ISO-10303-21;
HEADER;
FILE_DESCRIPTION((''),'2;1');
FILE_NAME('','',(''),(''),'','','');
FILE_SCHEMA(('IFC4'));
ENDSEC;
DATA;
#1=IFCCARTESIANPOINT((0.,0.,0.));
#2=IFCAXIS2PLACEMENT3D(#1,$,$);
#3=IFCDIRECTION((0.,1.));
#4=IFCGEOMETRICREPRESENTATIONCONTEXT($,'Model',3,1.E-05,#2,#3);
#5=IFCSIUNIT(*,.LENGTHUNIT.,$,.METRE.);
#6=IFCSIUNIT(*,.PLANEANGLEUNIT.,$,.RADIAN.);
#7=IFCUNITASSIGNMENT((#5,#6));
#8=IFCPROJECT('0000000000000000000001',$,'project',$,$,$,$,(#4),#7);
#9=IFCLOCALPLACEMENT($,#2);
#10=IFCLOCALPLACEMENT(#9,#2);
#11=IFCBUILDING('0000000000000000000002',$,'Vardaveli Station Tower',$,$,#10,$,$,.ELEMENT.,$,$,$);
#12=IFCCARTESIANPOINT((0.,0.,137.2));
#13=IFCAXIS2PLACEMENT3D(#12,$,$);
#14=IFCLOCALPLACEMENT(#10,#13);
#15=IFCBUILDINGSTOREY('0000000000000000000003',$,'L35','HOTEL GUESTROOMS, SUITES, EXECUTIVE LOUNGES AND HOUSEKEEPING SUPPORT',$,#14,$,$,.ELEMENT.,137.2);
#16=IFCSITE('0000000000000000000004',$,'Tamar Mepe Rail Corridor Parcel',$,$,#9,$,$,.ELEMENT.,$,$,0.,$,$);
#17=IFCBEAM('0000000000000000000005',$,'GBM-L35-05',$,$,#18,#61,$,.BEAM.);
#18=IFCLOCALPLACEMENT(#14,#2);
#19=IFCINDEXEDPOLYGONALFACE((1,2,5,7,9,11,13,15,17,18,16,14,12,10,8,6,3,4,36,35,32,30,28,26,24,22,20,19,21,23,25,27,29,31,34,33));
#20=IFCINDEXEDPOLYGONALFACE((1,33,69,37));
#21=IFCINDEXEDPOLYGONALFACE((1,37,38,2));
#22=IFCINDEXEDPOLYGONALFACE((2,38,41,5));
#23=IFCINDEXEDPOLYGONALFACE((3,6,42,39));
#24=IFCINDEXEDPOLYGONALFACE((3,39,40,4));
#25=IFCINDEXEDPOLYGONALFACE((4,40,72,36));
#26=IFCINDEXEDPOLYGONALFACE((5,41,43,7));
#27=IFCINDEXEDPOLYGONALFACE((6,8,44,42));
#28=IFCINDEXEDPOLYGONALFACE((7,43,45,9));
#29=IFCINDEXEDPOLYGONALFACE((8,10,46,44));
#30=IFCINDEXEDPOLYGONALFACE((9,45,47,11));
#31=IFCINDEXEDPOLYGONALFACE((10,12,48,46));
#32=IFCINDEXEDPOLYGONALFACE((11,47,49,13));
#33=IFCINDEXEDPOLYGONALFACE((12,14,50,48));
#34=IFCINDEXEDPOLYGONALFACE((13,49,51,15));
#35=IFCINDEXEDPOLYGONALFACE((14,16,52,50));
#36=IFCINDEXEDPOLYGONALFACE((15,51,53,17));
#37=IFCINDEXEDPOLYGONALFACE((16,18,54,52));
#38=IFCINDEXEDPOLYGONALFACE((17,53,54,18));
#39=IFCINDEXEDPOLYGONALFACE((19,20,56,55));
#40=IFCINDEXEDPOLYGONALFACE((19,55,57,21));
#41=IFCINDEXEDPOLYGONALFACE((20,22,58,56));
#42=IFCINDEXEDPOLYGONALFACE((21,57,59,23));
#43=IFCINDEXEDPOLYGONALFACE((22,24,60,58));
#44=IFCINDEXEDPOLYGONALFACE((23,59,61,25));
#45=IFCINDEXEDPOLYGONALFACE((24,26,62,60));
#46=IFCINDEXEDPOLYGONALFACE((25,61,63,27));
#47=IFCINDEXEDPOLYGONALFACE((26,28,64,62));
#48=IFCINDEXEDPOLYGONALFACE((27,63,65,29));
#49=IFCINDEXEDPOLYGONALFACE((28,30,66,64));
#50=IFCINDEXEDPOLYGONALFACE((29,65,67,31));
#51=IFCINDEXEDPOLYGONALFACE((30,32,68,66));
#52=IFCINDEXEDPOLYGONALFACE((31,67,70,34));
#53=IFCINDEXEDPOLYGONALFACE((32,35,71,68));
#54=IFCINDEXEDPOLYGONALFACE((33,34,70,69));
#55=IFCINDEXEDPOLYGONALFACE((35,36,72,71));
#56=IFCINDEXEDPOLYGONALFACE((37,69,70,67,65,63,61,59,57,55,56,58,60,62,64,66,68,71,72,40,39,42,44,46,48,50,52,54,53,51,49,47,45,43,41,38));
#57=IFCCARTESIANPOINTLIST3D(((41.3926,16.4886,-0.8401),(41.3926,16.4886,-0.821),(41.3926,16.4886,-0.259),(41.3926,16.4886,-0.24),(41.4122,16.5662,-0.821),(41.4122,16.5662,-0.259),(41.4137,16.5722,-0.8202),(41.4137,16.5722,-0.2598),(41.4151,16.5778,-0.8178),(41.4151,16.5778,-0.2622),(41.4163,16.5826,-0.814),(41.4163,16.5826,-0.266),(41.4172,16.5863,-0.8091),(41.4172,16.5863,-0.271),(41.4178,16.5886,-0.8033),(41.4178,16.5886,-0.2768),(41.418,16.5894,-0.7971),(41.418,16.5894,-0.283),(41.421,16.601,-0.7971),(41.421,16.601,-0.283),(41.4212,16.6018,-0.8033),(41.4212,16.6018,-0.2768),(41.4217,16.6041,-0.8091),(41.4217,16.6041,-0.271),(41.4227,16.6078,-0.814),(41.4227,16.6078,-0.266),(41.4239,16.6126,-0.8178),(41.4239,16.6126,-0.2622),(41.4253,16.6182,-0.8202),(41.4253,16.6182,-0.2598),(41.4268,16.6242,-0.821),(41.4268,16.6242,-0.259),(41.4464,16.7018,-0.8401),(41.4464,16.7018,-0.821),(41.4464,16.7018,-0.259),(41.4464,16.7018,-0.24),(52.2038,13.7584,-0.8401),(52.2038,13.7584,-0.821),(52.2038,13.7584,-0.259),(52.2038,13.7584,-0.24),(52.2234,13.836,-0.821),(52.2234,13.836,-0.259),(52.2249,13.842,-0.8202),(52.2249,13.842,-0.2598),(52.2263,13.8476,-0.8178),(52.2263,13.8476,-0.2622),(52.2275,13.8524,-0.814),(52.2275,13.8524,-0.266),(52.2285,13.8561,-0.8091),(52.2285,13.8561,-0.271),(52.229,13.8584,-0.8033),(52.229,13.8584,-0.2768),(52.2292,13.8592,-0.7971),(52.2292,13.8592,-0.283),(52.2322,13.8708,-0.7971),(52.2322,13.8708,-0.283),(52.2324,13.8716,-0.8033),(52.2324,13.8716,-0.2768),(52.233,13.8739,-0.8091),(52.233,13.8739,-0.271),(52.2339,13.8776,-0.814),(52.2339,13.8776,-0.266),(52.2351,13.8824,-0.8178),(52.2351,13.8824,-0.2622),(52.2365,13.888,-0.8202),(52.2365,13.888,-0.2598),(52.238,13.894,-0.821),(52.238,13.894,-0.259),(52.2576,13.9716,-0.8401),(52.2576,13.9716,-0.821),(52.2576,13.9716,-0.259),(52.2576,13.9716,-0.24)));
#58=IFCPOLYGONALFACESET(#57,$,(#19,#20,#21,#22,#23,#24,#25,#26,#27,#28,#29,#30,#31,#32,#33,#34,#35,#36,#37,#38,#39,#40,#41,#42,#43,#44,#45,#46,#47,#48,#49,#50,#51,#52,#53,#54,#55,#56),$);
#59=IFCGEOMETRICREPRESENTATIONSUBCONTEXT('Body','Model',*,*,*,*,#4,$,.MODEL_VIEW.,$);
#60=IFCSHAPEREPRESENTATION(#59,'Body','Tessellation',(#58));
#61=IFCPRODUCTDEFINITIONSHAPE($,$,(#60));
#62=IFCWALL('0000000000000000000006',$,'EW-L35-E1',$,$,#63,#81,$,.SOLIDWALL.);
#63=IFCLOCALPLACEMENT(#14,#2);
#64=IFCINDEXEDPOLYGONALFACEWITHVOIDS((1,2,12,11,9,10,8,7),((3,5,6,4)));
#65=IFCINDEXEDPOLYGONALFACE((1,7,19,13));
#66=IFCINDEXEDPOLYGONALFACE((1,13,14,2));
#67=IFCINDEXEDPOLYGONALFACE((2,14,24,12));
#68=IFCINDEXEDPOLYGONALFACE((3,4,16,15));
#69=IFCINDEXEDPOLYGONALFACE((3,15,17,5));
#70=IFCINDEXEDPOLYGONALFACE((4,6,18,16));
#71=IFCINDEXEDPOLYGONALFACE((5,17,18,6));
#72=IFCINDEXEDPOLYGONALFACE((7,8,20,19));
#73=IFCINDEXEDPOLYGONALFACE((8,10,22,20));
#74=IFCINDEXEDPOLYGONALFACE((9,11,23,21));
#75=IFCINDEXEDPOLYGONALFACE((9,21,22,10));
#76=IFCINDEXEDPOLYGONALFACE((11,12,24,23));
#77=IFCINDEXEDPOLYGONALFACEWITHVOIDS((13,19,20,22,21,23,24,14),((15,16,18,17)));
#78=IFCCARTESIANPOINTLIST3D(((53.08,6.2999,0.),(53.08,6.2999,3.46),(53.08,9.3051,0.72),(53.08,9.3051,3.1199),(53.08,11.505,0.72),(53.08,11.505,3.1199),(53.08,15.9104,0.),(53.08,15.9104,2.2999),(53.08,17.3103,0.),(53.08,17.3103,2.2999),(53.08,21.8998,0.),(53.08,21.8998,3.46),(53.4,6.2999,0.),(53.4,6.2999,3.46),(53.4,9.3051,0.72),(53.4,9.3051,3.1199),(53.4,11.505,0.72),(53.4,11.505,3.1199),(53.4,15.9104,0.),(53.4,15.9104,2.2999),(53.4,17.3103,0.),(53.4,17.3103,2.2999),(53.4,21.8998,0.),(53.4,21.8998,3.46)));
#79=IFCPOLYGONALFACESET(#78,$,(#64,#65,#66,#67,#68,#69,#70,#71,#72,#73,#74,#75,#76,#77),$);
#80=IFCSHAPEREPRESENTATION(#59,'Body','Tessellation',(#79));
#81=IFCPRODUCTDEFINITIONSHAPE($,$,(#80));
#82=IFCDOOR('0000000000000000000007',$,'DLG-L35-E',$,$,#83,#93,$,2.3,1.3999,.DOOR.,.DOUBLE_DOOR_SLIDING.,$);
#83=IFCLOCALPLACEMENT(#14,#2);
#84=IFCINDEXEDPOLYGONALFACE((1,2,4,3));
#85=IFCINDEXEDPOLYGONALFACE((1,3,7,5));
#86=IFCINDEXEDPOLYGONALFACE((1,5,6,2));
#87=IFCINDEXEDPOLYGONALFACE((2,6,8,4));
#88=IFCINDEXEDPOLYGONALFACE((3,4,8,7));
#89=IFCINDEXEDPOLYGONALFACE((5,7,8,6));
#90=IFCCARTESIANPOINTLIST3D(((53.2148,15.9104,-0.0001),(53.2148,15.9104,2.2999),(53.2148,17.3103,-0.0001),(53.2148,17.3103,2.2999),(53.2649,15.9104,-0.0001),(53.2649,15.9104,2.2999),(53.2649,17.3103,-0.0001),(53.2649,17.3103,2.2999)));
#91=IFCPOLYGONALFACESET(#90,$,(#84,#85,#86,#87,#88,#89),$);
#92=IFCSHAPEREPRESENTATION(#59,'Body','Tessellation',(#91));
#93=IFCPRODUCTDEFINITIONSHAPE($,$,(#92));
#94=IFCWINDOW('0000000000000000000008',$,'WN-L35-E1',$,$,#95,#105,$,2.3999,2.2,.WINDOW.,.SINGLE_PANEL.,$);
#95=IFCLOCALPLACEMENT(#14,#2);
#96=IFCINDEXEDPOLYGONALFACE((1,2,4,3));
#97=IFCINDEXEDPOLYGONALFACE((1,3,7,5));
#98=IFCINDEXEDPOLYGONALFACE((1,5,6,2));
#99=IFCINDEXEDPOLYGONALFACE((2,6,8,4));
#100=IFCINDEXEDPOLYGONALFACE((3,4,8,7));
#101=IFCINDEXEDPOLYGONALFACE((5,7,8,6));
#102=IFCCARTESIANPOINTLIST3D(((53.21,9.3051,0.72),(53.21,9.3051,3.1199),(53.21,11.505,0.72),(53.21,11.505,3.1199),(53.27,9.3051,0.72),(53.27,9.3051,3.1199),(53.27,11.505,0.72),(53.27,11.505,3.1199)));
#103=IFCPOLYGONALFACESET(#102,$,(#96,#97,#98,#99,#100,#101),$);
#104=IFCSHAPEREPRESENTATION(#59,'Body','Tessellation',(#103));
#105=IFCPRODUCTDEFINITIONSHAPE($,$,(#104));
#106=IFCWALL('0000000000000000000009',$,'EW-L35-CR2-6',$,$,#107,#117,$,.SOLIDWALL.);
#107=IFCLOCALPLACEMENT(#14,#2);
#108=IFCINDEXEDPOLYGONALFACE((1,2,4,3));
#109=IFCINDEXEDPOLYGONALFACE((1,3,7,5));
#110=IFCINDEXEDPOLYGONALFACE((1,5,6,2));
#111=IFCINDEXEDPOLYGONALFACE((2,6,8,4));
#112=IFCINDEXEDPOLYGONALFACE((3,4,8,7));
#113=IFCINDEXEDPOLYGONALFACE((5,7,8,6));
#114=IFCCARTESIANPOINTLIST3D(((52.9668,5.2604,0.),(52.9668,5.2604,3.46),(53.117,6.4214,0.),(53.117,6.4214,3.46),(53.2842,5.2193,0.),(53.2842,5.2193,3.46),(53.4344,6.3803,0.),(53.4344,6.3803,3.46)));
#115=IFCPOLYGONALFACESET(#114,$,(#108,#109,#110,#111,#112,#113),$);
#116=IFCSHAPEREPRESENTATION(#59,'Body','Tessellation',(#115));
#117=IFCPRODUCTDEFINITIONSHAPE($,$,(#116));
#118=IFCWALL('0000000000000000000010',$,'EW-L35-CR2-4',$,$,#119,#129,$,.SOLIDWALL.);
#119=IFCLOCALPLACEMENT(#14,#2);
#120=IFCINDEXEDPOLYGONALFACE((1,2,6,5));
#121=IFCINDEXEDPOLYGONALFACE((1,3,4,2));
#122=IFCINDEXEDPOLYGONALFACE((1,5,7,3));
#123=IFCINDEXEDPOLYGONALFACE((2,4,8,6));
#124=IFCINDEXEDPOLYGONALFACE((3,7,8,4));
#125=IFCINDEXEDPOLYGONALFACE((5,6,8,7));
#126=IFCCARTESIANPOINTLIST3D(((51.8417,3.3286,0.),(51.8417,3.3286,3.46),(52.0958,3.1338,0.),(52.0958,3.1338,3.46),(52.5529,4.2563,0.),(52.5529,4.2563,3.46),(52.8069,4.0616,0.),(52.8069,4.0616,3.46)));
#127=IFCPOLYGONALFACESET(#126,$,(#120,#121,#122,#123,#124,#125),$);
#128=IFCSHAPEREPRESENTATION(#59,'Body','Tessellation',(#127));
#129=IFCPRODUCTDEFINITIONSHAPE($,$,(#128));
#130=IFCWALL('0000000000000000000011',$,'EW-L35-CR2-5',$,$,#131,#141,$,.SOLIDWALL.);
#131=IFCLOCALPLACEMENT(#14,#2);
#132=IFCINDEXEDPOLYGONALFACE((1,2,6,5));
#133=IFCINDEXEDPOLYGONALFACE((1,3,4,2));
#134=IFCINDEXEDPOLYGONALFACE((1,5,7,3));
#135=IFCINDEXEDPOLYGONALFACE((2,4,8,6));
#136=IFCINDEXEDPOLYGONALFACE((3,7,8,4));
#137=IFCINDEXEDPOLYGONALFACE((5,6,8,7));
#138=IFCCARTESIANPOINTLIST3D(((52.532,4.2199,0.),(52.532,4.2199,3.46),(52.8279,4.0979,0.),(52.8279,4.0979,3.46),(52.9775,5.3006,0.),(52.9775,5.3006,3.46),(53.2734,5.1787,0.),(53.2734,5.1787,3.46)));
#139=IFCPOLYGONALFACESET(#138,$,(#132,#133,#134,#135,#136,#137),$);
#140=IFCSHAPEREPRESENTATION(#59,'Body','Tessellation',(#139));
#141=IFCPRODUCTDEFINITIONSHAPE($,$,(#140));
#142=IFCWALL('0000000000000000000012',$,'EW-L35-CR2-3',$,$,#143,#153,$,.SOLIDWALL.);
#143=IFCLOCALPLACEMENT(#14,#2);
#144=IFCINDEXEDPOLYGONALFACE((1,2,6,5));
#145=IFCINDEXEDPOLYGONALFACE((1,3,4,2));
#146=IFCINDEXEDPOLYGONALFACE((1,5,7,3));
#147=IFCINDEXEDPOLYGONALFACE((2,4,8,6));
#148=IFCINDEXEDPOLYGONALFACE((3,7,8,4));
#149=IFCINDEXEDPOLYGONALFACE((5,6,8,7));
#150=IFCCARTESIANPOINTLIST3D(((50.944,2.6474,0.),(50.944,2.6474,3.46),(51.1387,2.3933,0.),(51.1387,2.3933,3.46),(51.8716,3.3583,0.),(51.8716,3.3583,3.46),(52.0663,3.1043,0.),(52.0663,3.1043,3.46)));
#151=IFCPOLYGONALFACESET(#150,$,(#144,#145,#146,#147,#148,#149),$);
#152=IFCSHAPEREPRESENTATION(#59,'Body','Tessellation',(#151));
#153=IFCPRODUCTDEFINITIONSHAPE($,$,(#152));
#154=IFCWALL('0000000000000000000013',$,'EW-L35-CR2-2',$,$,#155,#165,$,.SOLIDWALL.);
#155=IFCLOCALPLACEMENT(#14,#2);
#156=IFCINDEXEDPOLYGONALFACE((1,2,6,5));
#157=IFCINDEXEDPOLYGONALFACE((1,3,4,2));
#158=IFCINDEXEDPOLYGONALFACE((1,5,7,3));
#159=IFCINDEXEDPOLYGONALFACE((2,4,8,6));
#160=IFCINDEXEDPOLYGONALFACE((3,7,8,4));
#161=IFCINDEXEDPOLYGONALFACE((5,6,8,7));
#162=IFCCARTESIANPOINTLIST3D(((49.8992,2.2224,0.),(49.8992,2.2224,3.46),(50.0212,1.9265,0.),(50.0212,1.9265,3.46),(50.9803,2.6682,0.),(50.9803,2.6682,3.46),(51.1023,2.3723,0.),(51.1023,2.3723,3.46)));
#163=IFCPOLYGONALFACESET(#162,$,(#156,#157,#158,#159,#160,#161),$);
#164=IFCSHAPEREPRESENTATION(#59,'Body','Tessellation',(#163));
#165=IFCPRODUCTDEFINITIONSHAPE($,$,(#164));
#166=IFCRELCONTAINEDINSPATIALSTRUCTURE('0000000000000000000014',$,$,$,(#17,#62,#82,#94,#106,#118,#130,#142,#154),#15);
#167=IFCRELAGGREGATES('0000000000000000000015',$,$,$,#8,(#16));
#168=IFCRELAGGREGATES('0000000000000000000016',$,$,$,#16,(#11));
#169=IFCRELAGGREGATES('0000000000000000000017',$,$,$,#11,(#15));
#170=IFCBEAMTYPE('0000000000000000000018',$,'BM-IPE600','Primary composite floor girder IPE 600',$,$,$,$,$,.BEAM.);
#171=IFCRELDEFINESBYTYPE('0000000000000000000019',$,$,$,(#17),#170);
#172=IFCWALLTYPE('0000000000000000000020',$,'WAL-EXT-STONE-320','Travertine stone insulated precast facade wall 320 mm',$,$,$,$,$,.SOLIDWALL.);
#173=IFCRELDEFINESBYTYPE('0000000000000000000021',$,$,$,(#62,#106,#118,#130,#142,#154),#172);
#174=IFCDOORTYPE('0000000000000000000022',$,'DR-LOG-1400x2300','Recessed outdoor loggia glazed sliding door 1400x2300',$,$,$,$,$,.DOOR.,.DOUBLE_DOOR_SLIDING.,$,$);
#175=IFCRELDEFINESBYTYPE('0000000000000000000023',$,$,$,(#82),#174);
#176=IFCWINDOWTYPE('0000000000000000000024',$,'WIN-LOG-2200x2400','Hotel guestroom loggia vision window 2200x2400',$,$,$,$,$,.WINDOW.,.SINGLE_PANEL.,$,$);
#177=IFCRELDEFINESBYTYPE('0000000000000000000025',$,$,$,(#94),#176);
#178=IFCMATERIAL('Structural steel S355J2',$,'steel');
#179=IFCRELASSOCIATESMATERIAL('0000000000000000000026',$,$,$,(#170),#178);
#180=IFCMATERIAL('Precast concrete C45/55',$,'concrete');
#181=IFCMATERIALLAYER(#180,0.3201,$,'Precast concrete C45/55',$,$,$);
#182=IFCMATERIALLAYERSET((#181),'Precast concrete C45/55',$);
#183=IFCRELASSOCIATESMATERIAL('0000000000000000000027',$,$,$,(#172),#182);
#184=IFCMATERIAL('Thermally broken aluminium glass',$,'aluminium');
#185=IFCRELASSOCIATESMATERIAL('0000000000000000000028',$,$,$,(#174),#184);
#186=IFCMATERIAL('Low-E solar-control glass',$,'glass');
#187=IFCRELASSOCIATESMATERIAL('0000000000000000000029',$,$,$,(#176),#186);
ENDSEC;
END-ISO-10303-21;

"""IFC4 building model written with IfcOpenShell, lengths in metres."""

from ifc_helpers import new_model, si_unit, direction, frame, frame_2d, origin, origin_2d, place, context, subcontext, project, spatial, rectangle, i_section, extrude, source, transform, mapped, material, layer, layer_set, material_profile, profile_set, type_object, element, fill, save


model = new_model("IFC4")

# Units and contexts
model_context = context("Model", 3, precision=1e-05, world=origin(), true_north=direction((0.0, 1.0)))
body_context = subcontext(model_context, "Body", "Model", "MODEL_VIEW")
ifc_project = project(units=[si_unit("LENGTHUNIT", "METRE"), si_unit("PLANEANGLEUNIT", "RADIAN")], contexts=[model_context])

# Site, building, storey
site_placement = place(None, origin())
site = spatial("IfcSite", under=ifc_project, at=site_placement, Name="Tamar Mepe Rail Corridor Parcel", CompositionType="ELEMENT", RefElevation=0.0)
building_placement = place(site_placement, origin())
building = spatial("IfcBuilding", under=site, at=building_placement, Name="Vardaveli Station Tower", CompositionType="ELEMENT")
storey_placement = place(building_placement, frame((0.0, 0.0, 137.2)))
storey = spatial("IfcBuildingStorey", under=building, at=storey_placement, Name="L35", Description="HOTEL GUESTROOMS, SUITES, EXECUTIVE LOUNGES AND HOUSEKEEPING SUPPORT", CompositionType="ELEMENT", Elevation=137.2)

# Beam
ifc_material_1 = material(Name="Precast concrete C45/55", Category="concrete")
ifc_material_2 = material(Name="Structural steel S355J2", Category="steel")
ifc_material_profile_1 = material_profile(ifc_material_2, i_section(OverallWidth=0.22, OverallDepth=0.6001, WebThickness=0.012, FlangeThickness=0.019, FilletRadius=0.0239, at=origin_2d()), Name="IPE 600")
ifc_profile_set_1 = profile_set([ifc_material_profile_1], Name="Structural steel S355J2")
beam_type_1 = type_object("IfcBeamType", Name="BM-IPE600", Description="Primary composite floor girder IPE 600", PredefinedType="BEAM", material=ifc_profile_set_1)
shared_shape_1 = source(origin(), body_context, "Body", "SweptSolid", [
    extrude(i_section(OverallWidth=0.22, OverallDepth=0.6001, WebThickness=0.012, FlangeThickness=0.019, FilletRadius=0.0239, at=origin_2d()), origin(), (0.0, 0.0, 1.0), 11.1506),
])
beam_1_placement = place(storey_placement, frame((52.2307, 13.865, -0.54), z_axis=(-0.969561, 0.244848, 0.0), x_axis=(-0.244848, -0.969561, 0.0)))
element("IfcBeam", 1, at=beam_1_placement, inside=storey, type_object=beam_type_1, Name="GBM-L35-05", PredefinedType="BEAM", context=body_context, shape_type="MappedRepresentation", body=[
    mapped(shared_shape_1, transform((0.0, 0.0, 0.0), scale=1.0)),
])

# Wall, openings, door, window
ifc_layer_1 = layer(ifc_material_1, 0.3201, Name="Precast concrete C45/55")
ifc_layer_set_1 = layer_set([ifc_layer_1], Name="Precast concrete C45/55")
wall_type_1 = type_object("IfcWallType", Name="WAL-EXT-STONE-320", Description="Travertine stone insulated precast facade wall 320 mm", PredefinedType="SOLIDWALL", material=ifc_layer_set_1)
shared_shape_2 = source(origin(), body_context, "Body", "SweptSolid", [
    extrude(rectangle(XDim=15.5999, YDim=0.3201, at=frame_2d((7.7998, 0.0))), origin(), (0.0, 0.0, 1.0), 3.46),
])
wall_1_placement = place(storey_placement, frame((53.24, 6.3, 0.0), z_axis=(0.0, 0.0, 1.0), x_axis=(0.0, 1.0, 0.0)))
wall_1 = element("IfcWall", 2, at=wall_1_placement, inside=storey, type_object=wall_type_1, Name="EW-L35-E1", PredefinedType="SOLIDWALL", context=body_context, shape_type="MappedRepresentation", body=[
    mapped(shared_shape_2, transform((0.0, 0.0, 0.0), scale=1.0)),
])
shared_shape_3 = source(origin(), body_context, "Body", "SweptSolid", [
    extrude(rectangle(XDim=1.3999, YDim=2.3, at=frame_2d((0.7, 1.1499))), frame((0.0, 0.1699, 0.0), z_axis=(0.0, -1.0, 0.0), x_axis=(1.0, 0.0, 0.0)), (0.0, 0.0, 1.0), 0.3401),
])
opening_1_placement = place(wall_1_placement, frame((9.6104, 0.0, 0.0)))
opening_1 = element("IfcOpeningElement", 3, at=opening_1_placement, cuts=wall_1, PredefinedType="OPENING", context=body_context, shape_type="MappedRepresentation", body=[
    mapped(shared_shape_3, transform((0.0, 0.0, 0.0), scale=1.0)),
])
shared_shape_4 = source(origin(), body_context, "Body", "SweptSolid", [
    extrude(rectangle(XDim=2.2, YDim=2.3999, at=frame_2d((1.1001, 1.2))), frame((0.0, 0.1699, 0.0), z_axis=(0.0, -1.0, 0.0), x_axis=(1.0, 0.0, 0.0)), (0.0, 0.0, 1.0), 0.3401),
])
opening_2_placement = place(wall_1_placement, frame((3.0049, 0.0, 0.72)))
opening_2 = element("IfcOpeningElement", 4, at=opening_2_placement, cuts=wall_1, PredefinedType="OPENING", context=body_context, shape_type="MappedRepresentation", body=[
    mapped(shared_shape_4, transform((0.0, 0.0, 0.0), scale=1.0)),
])
ifc_material_3 = material(Name="Thermally broken aluminium glass", Category="aluminium")
door_type_1 = type_object("IfcDoorType", Name="DR-LOG-1400x2300", Description="Recessed outdoor loggia glazed sliding door 1400x2300", OperationType="DOUBLE_DOOR_SLIDING", PredefinedType="DOOR", material=ifc_material_3)
shared_shape_5 = source(origin(), body_context, "Body", "SweptSolid", [
    extrude(rectangle(XDim=1.3999, YDim=2.3, at=frame_2d((0.7, 1.1499))), frame((0.0, 0.0249, 0.0), z_axis=(0.0, -1.0, 0.0), x_axis=(1.0, 0.0, 0.0)), (0.0, 0.0, 1.0), 0.05),
])
door_1_placement = place(opening_1_placement, frame((1.3999, 0.0, 0.0), z_axis=(0.0, 0.0, 1.0), x_axis=(-1.0, 0.0, 0.0)))
door_1 = element("IfcDoor", 5, at=door_1_placement, inside=storey, type_object=door_type_1, Name="DLG-L35-E", OperationType="DOUBLE_DOOR_SLIDING", OverallHeight=2.3, OverallWidth=1.3999, PredefinedType="DOOR", context=body_context, shape_type="MappedRepresentation", body=[
    mapped(shared_shape_5, transform((0.0, 0.0, 0.0), scale=1.0)),
])
fill(opening_1, door_1)
ifc_material_4 = material(Name="Low-E solar-control glass", Category="glass")
window_type = type_object("IfcWindowType", Name="WIN-LOG-2200x2400", Description="Hotel guestroom loggia vision window 2200x2400", PartitioningType="SINGLE_PANEL", PredefinedType="WINDOW", material=ifc_material_4)
shared_shape_6 = source(origin(), body_context, "Body", "SweptSolid", [
    extrude(rectangle(XDim=2.2, YDim=2.3999, at=frame_2d((1.1001, 1.2))), frame((0.0, 0.03, 0.0), z_axis=(0.0, -1.0, 0.0), x_axis=(1.0, 0.0, 0.0)), (0.0, 0.0, 1.0), 0.0601),
])
window_placement = place(opening_2_placement, origin())
window = element("IfcWindow", 6, at=window_placement, inside=storey, type_object=window_type, Name="WN-L35-E1", OverallHeight=2.3999, OverallWidth=2.2, PartitioningType="SINGLE_PANEL", PredefinedType="WINDOW", context=body_context, shape_type="MappedRepresentation", body=[
    mapped(shared_shape_6, transform((0.0, 0.0, 0.0), scale=1.0)),
])
fill(opening_2, window)

# Walls
shared_shape_7 = source(origin(), body_context, "Body", "SweptSolid", [
    extrude(rectangle(XDim=1.1707, YDim=0.3201, at=frame_2d((0.5854, 0.0))), origin(), (0.0, 0.0, 1.0), 3.46),
])
wall_2_placement = place(storey_placement, frame((53.1255, 5.2397, 0.0), z_axis=(0.0, 0.0, 1.0), x_axis=(0.128269, 0.991739, 0.0)))
element("IfcWall", 7, at=wall_2_placement, inside=storey, type_object=wall_type_1, Name="EW-L35-CR2-6", PredefinedType="SOLIDWALL", context=body_context, shape_type="MappedRepresentation", body=[
    mapped(shared_shape_7, transform((0.0, 0.0, 0.0), scale=1.0)),
])
shared_shape_8 = source(origin(), body_context, "Body", "SweptSolid", [
    extrude(rectangle(XDim=1.1689, YDim=0.3201, at=frame_2d((0.5845, 0.0))), origin(), (0.0, 0.0, 1.0), 3.46),
])
for number, where, z_axis, x_axis, name in (
    (8, (51.9688, 3.2312, 0.0), (0.0, 0.0, 1.0), (0.608388, 0.79364, 0.0), "EW-L35-CR2-4"),
    (9, (52.6799, 4.1589, 0.0), (0.0, 0.0, 1.0), (0.381128, 0.924522, 0.0), "EW-L35-CR2-5"),
):
    element("IfcWall", number, at=place(storey_placement, frame(where, z_axis=z_axis, x_axis=x_axis)), inside=storey, type_object=wall_type_1, Name=name, PredefinedType="SOLIDWALL", context=body_context, shape_type="MappedRepresentation", body=[
        mapped(shared_shape_8, transform((0.0, 0.0, 0.0), scale=1.0)),
    ])
shared_shape_9 = source(origin(), body_context, "Body", "SweptSolid", [
    extrude(rectangle(XDim=1.1687, YDim=0.3201, at=frame_2d((0.5845, 0.0))), origin(), (0.0, 0.0, 1.0), 3.46),
])
wall_3_placement = place(storey_placement, frame((51.0413, 2.5203, 0.0), z_axis=(0.0, 0.0, 1.0), x_axis=(0.793664, 0.608357, 0.0)))
element("IfcWall", 10, at=wall_3_placement, inside=storey, type_object=wall_type_1, Name="EW-L35-CR2-3", PredefinedType="SOLIDWALL", context=body_context, shape_type="MappedRepresentation", body=[
    mapped(shared_shape_9, transform((0.0, 0.0, 0.0), scale=1.0)),
])
shared_shape_10 = source(origin(), body_context, "Body", "SweptSolid", [
    extrude(rectangle(XDim=1.1694, YDim=0.3201, at=frame_2d((0.5847, 0.0))), origin(), (0.0, 0.0, 1.0), 3.46),
])
wall_4_placement = place(storey_placement, frame((49.9602, 2.0745, 0.0), z_axis=(0.0, 0.0, 1.0), x_axis=(0.924479, 0.381233, 0.0)))
element("IfcWall", 11, at=wall_4_placement, inside=storey, type_object=wall_type_1, Name="EW-L35-CR2-2", PredefinedType="SOLIDWALL", context=body_context, shape_type="MappedRepresentation", body=[
    mapped(shared_shape_10, transform((0.0, 0.0, 0.0), scale=1.0)),
])

save(model, "model.ifc")
